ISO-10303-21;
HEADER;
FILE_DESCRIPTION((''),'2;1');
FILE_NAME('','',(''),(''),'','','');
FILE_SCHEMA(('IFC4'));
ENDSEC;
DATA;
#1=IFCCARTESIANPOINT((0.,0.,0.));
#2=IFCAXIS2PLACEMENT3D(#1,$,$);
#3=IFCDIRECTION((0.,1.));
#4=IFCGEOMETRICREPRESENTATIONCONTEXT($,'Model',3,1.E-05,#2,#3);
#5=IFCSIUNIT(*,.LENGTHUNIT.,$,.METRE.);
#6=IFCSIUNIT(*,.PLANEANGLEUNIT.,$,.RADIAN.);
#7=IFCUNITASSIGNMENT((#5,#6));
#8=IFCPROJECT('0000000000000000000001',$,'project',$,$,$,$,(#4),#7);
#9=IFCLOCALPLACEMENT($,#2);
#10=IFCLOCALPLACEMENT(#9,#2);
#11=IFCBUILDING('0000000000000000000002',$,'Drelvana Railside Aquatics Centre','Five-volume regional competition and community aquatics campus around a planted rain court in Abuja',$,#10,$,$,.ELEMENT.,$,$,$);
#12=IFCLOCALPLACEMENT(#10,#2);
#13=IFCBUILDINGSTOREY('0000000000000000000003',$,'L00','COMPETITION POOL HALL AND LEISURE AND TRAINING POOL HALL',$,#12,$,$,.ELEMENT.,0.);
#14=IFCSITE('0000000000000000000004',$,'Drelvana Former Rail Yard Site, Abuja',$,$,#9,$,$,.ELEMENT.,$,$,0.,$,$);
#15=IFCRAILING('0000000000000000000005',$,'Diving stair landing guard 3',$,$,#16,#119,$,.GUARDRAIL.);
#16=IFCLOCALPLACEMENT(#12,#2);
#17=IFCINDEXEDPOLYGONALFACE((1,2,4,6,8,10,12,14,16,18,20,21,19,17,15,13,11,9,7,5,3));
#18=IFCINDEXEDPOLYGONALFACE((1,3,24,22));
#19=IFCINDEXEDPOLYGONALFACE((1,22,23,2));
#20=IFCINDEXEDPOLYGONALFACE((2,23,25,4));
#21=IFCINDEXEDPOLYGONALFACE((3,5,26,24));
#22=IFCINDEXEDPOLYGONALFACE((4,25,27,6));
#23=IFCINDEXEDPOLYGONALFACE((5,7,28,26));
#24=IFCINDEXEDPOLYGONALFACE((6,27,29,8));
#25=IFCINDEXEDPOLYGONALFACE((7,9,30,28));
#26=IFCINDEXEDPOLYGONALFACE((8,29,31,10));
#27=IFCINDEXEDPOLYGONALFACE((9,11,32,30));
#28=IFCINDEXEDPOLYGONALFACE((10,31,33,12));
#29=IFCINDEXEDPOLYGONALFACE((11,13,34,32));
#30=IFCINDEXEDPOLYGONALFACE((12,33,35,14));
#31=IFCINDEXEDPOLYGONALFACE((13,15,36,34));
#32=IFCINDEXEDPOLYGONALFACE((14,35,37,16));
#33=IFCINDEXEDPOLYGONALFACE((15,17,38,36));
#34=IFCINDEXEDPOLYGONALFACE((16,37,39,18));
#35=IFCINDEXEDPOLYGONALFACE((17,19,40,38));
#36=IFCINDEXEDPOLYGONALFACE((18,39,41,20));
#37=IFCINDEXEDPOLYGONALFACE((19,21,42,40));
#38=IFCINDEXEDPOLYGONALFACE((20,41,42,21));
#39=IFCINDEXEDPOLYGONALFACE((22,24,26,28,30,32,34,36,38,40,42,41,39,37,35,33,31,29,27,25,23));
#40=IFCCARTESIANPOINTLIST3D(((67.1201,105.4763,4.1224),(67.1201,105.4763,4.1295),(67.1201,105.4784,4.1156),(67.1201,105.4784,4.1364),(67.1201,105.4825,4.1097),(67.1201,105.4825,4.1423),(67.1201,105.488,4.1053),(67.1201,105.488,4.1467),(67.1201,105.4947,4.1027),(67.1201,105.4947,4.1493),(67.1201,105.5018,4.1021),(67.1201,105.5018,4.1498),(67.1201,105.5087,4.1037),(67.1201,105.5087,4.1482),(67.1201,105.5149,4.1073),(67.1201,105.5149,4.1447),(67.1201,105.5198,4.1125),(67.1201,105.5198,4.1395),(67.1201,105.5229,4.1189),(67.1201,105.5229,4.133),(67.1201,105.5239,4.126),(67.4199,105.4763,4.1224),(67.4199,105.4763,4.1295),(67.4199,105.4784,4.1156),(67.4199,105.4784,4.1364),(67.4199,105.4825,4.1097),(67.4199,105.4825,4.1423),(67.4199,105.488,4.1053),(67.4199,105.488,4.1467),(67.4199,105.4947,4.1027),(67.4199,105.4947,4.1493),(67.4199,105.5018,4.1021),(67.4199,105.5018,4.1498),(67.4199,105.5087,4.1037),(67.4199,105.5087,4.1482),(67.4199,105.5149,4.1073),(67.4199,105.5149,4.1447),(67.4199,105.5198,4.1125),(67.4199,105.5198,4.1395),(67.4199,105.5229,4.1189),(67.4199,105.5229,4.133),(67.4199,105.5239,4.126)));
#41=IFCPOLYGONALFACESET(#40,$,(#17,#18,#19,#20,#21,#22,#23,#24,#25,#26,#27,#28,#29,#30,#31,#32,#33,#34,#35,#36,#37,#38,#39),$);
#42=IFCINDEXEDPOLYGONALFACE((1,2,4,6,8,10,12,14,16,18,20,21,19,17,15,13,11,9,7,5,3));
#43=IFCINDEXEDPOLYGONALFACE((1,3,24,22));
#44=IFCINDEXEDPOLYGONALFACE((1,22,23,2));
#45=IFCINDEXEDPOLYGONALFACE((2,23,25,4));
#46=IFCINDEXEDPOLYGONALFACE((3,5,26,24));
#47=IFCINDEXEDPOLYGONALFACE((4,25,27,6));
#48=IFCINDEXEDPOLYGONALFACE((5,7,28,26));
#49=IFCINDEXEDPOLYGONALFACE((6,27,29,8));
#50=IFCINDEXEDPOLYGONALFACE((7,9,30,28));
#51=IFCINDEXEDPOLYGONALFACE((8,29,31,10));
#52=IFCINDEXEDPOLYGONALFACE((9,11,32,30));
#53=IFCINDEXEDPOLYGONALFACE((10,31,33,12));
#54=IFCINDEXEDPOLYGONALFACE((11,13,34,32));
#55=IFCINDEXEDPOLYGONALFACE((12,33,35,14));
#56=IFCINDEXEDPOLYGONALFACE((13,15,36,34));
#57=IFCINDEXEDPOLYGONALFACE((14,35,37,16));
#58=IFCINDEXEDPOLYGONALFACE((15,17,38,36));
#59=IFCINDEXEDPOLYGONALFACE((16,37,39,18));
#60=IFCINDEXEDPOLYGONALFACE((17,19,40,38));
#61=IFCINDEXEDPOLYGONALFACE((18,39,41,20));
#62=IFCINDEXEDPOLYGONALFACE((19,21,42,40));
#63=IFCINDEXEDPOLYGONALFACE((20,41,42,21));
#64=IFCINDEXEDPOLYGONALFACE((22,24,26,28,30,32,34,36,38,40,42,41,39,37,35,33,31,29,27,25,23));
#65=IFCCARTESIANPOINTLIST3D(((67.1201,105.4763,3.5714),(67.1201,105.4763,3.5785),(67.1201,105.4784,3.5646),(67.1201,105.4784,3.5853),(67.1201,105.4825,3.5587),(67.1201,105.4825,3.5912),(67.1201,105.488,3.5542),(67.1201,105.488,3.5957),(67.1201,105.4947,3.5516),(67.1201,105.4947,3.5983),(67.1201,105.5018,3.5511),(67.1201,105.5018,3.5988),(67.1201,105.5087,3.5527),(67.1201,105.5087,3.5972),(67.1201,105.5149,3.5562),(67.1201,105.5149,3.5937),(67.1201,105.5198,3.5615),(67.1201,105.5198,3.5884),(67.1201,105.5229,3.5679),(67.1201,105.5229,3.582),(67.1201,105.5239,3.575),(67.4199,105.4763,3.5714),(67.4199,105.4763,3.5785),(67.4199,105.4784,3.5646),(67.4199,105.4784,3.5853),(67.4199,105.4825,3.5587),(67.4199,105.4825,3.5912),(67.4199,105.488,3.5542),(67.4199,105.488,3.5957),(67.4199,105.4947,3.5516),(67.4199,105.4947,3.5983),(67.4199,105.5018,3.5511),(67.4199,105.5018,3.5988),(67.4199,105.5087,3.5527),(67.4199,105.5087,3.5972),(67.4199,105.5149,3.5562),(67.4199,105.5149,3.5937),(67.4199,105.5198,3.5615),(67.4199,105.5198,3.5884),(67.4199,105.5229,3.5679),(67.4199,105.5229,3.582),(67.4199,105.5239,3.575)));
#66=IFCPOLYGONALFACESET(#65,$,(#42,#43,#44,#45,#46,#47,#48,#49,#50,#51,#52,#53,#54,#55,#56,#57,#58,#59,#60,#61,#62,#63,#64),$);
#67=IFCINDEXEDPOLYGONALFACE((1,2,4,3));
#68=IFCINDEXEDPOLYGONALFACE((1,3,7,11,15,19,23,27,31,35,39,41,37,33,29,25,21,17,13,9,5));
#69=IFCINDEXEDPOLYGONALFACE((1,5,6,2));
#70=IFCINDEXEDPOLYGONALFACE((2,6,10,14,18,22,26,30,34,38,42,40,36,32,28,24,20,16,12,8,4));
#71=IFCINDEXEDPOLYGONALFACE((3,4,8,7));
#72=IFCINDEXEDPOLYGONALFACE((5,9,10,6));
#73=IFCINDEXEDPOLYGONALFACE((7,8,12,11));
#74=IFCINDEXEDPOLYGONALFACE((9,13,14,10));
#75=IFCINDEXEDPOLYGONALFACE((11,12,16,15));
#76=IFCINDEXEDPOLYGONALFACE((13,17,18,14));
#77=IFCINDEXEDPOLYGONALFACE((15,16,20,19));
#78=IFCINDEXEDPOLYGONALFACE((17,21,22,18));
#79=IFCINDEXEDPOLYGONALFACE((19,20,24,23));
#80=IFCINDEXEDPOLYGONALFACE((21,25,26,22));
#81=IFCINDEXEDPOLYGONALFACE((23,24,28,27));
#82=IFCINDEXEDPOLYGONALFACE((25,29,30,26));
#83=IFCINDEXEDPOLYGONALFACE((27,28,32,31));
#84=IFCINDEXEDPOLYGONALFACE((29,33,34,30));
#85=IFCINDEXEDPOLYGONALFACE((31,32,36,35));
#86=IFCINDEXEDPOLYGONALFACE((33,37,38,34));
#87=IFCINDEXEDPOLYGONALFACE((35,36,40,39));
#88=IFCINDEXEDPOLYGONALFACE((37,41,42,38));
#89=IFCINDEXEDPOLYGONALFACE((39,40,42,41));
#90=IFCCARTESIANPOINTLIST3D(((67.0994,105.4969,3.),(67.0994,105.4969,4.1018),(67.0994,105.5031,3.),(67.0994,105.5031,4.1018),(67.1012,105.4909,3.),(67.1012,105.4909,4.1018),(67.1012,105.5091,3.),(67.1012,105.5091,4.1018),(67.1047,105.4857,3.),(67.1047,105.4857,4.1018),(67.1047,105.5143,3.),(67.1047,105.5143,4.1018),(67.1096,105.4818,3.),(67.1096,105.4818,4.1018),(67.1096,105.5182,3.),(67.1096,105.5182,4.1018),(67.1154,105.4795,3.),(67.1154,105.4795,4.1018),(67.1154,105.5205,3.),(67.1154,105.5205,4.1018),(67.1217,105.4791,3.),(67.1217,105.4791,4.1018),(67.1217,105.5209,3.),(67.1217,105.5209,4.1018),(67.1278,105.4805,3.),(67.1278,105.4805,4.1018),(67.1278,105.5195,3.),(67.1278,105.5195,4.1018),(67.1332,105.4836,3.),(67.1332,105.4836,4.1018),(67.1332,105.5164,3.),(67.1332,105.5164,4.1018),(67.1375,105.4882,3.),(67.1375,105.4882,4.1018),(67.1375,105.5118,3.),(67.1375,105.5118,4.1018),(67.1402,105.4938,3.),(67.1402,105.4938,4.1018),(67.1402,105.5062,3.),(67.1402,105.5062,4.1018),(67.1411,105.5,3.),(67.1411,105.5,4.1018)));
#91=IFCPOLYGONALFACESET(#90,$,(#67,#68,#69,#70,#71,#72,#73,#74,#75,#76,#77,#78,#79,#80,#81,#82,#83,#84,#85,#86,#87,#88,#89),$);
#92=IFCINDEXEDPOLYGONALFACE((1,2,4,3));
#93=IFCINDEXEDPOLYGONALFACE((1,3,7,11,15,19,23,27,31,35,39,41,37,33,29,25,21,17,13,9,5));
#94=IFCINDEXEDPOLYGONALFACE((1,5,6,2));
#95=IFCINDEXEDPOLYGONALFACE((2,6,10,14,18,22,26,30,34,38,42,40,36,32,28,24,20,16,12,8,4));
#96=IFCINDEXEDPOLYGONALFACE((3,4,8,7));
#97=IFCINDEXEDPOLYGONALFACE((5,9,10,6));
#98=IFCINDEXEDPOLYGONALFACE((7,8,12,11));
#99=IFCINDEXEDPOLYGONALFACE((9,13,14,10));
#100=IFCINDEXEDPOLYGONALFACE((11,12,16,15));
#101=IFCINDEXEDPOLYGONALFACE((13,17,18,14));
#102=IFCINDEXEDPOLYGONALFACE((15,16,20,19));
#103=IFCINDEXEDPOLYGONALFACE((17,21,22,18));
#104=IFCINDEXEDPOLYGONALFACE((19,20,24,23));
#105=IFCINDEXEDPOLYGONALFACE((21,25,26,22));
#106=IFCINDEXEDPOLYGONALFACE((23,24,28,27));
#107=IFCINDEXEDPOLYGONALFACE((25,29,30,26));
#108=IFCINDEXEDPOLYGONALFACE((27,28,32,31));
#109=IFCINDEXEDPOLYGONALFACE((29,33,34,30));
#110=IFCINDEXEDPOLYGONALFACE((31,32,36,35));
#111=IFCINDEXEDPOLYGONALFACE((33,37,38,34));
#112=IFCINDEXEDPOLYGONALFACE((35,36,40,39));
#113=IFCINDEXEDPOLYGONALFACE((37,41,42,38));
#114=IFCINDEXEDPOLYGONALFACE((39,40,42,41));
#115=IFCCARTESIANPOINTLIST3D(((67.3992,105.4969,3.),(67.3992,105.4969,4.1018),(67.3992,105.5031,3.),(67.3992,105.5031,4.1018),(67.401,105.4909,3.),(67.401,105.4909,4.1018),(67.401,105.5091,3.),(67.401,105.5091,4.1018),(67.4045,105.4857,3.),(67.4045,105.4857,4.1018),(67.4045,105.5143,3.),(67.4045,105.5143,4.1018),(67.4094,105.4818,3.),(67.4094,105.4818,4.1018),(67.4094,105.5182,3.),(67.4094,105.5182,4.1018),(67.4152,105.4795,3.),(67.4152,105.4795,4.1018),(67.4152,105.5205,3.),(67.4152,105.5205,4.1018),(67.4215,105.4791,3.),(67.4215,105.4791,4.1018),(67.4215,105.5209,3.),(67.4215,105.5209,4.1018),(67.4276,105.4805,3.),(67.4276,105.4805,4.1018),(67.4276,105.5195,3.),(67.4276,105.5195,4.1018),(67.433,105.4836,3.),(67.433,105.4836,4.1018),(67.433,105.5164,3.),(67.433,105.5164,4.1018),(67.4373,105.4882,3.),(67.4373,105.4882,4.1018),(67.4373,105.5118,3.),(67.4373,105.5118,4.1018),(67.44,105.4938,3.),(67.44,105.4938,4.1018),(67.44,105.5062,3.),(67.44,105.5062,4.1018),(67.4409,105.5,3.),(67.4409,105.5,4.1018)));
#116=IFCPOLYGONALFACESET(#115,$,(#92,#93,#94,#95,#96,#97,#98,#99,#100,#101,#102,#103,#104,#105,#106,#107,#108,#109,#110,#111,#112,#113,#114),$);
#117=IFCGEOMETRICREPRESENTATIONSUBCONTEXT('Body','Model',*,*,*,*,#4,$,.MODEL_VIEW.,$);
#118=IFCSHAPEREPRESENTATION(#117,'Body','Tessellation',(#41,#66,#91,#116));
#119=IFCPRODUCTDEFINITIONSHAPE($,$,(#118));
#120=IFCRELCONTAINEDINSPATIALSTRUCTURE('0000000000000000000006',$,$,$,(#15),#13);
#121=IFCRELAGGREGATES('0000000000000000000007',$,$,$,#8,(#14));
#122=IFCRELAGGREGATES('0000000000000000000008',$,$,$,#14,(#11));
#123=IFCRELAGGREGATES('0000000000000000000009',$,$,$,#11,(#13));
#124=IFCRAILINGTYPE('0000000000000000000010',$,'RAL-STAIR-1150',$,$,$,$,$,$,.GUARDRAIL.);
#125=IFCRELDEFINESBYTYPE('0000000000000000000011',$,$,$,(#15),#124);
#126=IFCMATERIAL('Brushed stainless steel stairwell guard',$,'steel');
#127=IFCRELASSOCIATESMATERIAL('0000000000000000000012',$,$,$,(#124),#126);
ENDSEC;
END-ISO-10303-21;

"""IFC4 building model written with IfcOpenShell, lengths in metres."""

from ifc_helpers import new_model, si_unit, direction, frame, origin, origin_2d, place, context, subcontext, project, spatial, circle, extrude, material, type_object, element, save


model = new_model("IFC4")

# Units and contexts
model_context = context("Model", 3, precision=1e-05, world=origin(), true_north=direction((0.0, 1.0)))
body_context = subcontext(model_context, "Body", "Model", "MODEL_VIEW")
ifc_project = project(units=[si_unit("LENGTHUNIT", "METRE"), si_unit("PLANEANGLEUNIT", "RADIAN")], contexts=[model_context])

# Site, building, storey
site_placement = place(None, origin())
site = spatial("IfcSite", under=ifc_project, at=site_placement, Name="Drelvana Former Rail Yard Site, Abuja", CompositionType="ELEMENT", RefElevation=0.0)
building_placement = place(site_placement, origin())
building = spatial("IfcBuilding", under=site, at=building_placement, Name="Drelvana Railside Aquatics Centre", Description="Five-volume regional competition and community aquatics campus around a planted rain court in Abuja", CompositionType="ELEMENT")
storey_placement = place(building_placement, origin())
storey = spatial("IfcBuildingStorey", under=building, at=storey_placement, Name="L00", Description="COMPETITION POOL HALL AND LEISURE AND TRAINING POOL HALL", CompositionType="ELEMENT", Elevation=0.0)

# Railing
ifc_material_1 = material(Name="Brushed stainless steel stairwell guard", Category="steel")
railing_type_1 = type_object("IfcRailingType", Name="RAL-STAIR-1150", PredefinedType="GUARDRAIL", material=ifc_material_1)
railing_1_placement = place(storey_placement, frame((67.1201, 105.5, 3.0)))
element("IfcRailing", 1, at=railing_1_placement, inside=storey, type_object=railing_type_1, Name="Diving stair landing guard 3", PredefinedType="GUARDRAIL", context=body_context, shape_type="SweptSolid", body=[
    extrude(circle(Radius=0.0239, at=origin_2d()), frame((0.0, 0.0, 1.126), z_axis=(1.0, 0.0, 0.0), x_axis=(0.0, 1.0, 0.0)), (0.0, 0.0, 1.0), 0.2998),
    extrude(circle(Radius=0.0239, at=origin_2d()), frame((0.0, 0.0, 0.575), z_axis=(1.0, 0.0, 0.0), x_axis=(0.0, 1.0, 0.0)), (0.0, 0.0, 1.0), 0.2998),
    extrude(circle(Radius=0.021, at=origin_2d()), origin(), (0.0, 0.0, 1.0), 1.1018),
    extrude(circle(Radius=0.021, at=origin_2d()), frame((0.2998, 0.0, 0.0)), (0.0, 0.0, 1.0), 1.1018),
])

save(model, "model.ifc")
